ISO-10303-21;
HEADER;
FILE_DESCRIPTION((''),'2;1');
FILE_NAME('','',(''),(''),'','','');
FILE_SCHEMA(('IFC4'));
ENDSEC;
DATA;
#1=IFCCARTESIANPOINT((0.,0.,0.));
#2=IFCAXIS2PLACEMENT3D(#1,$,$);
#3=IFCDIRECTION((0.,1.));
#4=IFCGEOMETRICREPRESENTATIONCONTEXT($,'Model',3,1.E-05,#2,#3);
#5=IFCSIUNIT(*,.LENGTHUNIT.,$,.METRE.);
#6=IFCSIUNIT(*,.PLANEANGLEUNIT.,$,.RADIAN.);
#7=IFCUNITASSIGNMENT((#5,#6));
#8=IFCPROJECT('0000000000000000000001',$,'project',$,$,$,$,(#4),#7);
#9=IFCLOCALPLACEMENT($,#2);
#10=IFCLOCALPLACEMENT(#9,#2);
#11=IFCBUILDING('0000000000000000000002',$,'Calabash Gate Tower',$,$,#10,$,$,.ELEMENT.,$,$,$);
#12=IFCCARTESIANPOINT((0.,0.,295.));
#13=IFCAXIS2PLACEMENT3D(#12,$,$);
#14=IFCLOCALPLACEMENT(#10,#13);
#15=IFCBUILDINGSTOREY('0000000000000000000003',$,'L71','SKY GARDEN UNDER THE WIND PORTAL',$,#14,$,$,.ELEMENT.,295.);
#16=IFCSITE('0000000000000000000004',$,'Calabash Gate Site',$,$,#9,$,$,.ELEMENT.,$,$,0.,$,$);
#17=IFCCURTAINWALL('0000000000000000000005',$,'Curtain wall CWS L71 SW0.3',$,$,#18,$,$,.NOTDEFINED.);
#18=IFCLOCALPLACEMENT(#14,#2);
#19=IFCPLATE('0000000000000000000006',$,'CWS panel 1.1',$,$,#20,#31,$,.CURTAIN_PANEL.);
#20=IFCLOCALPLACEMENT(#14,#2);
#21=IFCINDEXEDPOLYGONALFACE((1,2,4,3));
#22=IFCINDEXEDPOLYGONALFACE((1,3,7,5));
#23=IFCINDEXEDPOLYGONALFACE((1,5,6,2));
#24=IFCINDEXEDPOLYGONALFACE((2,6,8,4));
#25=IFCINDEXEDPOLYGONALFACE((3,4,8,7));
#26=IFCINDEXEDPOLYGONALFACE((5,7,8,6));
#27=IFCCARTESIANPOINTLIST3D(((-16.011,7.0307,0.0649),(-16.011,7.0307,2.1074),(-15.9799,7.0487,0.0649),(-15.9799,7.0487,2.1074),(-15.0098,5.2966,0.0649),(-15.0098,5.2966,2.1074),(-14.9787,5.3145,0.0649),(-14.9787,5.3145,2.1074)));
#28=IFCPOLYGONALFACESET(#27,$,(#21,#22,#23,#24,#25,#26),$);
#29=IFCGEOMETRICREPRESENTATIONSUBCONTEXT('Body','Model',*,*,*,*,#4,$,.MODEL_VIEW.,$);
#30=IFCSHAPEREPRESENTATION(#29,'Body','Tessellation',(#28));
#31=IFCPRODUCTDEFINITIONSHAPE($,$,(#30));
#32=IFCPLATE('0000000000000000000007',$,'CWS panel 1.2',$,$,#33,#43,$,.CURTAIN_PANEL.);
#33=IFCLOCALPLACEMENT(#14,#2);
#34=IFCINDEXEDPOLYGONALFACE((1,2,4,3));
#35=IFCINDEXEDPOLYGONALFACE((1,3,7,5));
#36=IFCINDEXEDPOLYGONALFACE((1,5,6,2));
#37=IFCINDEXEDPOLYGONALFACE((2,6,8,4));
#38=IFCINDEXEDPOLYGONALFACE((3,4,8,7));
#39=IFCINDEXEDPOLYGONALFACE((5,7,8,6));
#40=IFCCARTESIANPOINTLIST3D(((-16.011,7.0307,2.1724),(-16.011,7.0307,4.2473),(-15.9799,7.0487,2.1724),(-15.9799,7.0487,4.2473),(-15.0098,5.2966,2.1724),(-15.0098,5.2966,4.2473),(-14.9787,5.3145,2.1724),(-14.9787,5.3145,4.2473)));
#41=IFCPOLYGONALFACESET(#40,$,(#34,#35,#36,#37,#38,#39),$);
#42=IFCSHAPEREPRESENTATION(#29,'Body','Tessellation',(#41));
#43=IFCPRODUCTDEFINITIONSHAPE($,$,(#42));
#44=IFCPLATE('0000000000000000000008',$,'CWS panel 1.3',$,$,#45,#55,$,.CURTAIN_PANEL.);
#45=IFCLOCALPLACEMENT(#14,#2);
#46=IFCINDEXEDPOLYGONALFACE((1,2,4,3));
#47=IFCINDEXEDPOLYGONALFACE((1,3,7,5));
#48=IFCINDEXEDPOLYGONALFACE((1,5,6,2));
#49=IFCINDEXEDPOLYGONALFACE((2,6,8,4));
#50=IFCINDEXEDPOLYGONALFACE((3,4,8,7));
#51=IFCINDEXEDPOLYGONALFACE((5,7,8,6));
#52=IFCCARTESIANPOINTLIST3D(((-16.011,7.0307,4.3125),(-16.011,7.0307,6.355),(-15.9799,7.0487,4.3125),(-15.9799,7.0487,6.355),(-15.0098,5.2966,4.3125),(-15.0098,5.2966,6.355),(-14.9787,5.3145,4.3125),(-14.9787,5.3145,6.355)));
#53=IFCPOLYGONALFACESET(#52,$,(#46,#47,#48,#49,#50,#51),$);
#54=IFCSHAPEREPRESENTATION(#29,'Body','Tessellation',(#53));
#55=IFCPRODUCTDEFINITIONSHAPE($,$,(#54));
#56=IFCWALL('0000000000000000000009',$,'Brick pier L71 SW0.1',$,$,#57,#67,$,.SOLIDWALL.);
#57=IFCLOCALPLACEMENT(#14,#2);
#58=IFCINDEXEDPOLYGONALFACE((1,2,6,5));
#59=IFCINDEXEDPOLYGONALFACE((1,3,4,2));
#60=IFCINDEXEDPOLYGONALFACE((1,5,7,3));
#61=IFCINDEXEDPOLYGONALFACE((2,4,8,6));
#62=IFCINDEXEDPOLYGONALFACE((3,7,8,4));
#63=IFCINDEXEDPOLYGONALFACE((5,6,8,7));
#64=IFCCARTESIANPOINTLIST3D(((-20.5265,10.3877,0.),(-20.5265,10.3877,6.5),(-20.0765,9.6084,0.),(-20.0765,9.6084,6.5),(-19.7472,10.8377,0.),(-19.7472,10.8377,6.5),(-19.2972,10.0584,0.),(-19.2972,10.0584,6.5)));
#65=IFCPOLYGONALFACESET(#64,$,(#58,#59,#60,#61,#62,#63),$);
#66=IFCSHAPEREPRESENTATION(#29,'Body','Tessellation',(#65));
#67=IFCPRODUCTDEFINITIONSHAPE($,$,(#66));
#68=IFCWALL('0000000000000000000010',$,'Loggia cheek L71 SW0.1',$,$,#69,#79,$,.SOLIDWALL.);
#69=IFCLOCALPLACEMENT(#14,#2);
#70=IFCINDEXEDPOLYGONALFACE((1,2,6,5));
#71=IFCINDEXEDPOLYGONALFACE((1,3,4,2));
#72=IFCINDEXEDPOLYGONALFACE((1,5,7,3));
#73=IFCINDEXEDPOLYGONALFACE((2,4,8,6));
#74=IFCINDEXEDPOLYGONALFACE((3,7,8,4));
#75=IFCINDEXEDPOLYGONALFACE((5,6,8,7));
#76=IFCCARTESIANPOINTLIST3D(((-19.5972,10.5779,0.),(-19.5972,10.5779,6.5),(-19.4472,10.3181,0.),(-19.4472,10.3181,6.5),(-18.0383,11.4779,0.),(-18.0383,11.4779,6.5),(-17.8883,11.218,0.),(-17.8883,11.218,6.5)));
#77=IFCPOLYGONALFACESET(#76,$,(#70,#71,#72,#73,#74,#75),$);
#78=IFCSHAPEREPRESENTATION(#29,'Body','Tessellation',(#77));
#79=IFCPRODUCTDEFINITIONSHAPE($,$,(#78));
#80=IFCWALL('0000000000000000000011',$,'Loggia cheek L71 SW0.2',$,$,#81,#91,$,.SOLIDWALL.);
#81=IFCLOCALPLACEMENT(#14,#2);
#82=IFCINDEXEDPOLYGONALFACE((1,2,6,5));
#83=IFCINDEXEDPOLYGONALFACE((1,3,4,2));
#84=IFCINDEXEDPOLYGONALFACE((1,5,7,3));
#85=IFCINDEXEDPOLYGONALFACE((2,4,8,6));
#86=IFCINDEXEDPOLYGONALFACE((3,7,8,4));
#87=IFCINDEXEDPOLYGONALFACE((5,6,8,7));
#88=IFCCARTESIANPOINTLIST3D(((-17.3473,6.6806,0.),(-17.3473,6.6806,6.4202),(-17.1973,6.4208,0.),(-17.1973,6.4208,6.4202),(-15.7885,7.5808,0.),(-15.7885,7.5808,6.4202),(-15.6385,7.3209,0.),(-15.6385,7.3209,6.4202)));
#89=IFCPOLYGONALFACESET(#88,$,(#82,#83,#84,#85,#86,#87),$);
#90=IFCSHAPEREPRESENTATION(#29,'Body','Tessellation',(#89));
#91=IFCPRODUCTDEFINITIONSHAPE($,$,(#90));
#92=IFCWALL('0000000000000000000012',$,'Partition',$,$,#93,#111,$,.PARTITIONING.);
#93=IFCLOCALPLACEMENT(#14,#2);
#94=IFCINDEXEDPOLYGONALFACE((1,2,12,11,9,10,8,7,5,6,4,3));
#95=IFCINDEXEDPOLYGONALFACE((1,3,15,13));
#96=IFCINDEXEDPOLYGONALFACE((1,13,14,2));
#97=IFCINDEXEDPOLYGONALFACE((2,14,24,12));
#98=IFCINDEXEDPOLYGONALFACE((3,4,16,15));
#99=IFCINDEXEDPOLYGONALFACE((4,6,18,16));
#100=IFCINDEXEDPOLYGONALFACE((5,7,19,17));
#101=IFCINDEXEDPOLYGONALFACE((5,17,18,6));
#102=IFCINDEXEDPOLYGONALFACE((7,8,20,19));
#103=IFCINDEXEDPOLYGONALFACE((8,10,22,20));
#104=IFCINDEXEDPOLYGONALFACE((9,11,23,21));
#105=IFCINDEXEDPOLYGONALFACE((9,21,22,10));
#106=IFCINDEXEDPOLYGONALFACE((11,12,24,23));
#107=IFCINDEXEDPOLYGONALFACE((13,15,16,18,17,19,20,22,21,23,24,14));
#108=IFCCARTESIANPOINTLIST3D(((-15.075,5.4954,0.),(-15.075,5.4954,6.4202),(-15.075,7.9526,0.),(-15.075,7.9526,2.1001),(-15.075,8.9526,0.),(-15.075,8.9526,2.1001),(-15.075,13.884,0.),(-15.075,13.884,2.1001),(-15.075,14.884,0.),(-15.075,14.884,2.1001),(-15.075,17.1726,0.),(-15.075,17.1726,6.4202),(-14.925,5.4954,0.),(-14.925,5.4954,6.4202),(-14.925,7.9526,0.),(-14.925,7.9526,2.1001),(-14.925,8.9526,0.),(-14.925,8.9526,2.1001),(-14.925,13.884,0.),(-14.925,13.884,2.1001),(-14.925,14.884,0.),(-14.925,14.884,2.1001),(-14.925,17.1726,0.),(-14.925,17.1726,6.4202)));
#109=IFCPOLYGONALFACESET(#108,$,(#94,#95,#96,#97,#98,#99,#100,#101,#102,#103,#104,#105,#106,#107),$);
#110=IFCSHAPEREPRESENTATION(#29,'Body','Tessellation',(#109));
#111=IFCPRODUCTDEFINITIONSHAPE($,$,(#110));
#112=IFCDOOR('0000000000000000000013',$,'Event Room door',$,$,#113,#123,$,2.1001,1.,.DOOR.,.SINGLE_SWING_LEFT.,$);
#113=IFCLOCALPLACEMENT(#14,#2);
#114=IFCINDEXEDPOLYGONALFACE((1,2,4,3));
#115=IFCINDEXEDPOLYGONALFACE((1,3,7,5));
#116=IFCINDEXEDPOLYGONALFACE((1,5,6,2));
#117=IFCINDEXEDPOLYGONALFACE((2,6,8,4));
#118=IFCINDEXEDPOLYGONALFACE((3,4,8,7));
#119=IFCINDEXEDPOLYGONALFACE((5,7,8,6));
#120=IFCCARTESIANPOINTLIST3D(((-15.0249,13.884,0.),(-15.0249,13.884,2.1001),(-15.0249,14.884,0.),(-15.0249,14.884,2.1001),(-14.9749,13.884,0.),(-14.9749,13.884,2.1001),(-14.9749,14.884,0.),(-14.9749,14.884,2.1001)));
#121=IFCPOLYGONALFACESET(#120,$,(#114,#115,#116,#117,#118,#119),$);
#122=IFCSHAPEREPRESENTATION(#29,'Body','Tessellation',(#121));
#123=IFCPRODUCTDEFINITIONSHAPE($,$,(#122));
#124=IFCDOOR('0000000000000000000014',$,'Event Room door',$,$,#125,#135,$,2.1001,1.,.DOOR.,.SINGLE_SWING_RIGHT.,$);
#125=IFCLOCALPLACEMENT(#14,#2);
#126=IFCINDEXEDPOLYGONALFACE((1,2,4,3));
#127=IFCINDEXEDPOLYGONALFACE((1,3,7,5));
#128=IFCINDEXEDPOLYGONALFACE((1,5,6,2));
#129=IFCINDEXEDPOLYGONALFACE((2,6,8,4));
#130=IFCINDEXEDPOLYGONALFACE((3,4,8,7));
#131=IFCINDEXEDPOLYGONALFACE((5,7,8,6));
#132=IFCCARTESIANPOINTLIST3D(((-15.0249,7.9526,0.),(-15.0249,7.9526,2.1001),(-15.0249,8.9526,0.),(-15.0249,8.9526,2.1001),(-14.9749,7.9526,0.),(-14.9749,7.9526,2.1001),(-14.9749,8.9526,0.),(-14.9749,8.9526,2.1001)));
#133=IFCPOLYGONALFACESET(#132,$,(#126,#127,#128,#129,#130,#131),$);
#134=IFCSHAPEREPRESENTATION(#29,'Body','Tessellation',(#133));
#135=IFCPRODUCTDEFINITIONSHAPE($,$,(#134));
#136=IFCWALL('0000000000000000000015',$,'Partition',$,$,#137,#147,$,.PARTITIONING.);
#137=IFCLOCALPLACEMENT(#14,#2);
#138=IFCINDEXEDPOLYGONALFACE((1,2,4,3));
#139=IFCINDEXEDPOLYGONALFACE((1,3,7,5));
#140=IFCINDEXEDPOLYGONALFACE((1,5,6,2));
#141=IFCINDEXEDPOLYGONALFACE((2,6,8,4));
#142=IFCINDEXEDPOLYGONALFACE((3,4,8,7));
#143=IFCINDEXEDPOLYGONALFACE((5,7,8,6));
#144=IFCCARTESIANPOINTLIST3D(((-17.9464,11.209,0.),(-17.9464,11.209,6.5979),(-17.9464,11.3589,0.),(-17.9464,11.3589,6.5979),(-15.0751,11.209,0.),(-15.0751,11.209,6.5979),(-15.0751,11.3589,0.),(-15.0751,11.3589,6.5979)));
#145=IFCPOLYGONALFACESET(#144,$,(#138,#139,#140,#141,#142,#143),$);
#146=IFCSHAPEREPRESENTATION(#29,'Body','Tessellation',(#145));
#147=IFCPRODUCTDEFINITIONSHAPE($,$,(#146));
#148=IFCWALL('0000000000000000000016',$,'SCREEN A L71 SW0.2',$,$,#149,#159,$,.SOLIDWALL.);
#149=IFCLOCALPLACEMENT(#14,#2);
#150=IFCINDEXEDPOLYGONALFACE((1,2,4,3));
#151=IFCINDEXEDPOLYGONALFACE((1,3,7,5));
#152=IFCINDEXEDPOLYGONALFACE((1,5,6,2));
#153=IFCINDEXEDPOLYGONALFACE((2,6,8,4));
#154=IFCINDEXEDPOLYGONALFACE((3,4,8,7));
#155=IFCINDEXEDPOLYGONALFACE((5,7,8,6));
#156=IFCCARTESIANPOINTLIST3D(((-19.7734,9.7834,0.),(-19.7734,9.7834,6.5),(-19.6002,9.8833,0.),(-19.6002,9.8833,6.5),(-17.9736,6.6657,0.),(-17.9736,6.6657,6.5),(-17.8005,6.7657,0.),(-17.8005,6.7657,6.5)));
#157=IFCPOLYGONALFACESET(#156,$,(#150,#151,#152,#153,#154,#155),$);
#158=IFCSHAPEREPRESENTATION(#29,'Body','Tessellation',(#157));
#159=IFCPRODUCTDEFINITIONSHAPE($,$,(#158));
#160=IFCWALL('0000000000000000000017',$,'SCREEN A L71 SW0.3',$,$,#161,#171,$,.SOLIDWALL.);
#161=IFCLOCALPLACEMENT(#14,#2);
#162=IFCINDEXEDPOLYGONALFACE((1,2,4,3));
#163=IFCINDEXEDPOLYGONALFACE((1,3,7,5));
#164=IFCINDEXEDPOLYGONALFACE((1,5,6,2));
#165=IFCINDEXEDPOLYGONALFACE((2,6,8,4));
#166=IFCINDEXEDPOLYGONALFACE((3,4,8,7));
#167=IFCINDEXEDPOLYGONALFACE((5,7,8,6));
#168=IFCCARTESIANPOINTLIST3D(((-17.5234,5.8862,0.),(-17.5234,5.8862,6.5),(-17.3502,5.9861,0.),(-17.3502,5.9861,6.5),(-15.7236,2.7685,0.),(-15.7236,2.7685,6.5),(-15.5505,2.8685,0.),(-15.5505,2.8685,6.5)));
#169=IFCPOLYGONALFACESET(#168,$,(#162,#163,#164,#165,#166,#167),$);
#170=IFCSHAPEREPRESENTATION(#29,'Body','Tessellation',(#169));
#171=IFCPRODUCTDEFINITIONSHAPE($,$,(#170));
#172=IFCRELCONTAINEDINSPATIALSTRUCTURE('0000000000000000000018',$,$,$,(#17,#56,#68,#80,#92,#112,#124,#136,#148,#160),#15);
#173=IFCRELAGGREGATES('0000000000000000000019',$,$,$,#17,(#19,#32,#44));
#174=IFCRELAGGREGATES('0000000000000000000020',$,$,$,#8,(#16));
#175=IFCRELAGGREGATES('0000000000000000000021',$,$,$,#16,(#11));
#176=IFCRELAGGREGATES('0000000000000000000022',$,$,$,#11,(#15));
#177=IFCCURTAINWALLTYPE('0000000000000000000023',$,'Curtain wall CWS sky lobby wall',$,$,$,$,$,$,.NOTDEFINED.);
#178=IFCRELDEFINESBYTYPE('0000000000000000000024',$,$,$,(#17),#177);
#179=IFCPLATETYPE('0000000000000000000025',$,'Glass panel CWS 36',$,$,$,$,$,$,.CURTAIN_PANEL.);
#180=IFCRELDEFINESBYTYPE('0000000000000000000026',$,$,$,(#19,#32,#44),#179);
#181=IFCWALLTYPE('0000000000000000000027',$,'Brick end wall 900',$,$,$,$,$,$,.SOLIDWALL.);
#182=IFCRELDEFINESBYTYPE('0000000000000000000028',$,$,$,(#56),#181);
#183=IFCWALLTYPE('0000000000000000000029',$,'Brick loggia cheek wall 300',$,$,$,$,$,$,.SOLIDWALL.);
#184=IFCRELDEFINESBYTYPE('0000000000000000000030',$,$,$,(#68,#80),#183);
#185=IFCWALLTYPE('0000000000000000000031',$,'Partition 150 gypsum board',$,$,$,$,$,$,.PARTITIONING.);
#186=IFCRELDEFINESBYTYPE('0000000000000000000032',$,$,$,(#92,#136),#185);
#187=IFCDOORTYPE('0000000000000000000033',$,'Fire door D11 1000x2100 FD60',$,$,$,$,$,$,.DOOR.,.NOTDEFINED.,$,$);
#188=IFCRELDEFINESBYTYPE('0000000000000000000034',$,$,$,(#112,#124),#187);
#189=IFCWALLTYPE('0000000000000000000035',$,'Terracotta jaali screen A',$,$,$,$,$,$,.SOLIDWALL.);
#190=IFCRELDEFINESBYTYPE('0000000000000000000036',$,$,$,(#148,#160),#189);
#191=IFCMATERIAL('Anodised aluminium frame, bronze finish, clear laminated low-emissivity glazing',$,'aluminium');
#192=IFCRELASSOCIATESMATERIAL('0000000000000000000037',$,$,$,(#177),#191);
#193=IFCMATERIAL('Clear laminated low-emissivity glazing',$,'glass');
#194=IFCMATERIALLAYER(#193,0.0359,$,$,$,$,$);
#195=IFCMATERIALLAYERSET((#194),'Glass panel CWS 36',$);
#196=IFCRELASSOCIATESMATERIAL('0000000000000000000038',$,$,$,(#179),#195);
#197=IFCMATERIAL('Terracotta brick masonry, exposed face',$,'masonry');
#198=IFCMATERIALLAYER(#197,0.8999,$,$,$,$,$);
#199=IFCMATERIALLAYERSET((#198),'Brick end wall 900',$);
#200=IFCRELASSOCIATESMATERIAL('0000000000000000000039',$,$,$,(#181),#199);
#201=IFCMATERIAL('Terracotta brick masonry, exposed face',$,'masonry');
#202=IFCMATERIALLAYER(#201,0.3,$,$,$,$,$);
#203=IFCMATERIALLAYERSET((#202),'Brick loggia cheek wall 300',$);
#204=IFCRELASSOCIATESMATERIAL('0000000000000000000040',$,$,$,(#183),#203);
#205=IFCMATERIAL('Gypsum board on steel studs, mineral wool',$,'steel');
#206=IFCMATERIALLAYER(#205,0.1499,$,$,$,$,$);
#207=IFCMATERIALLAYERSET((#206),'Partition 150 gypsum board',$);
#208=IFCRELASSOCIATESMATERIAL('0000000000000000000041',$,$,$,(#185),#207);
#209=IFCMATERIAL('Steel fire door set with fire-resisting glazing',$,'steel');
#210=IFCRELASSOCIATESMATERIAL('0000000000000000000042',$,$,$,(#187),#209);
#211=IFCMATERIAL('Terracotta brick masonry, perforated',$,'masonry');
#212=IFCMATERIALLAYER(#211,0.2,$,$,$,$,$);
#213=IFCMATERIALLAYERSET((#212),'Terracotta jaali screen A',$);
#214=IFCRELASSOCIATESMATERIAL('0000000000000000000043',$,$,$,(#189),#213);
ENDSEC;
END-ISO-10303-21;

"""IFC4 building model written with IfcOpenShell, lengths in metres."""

from ifc_helpers import new_model, si_unit, direction, frame, frame_2d, origin, origin_2d, place, context, subcontext, project, spatial, rectangle, extrude, material, layer, layer_set, type_object, element, fill, aggregate, save


model = new_model("IFC4")

# Units and contexts
model_context = context("Model", 3, precision=1e-05, world=origin(), true_north=direction((0.0, 1.0)))
body_context = subcontext(model_context, "Body", "Model", "MODEL_VIEW")
ifc_project = project(units=[si_unit("LENGTHUNIT", "METRE"), si_unit("PLANEANGLEUNIT", "RADIAN")], contexts=[model_context])

# Site, building, storey
site_placement = place(None, origin())
site = spatial("IfcSite", under=ifc_project, at=site_placement, Name="Calabash Gate Site", CompositionType="ELEMENT", RefElevation=0.0)
building_placement = place(site_placement, origin())
building = spatial("IfcBuilding", under=site, at=building_placement, Name="Calabash Gate Tower", CompositionType="ELEMENT")
storey_placement = place(building_placement, frame((0.0, 0.0, 295.0)))
storey = spatial("IfcBuildingStorey", under=building, at=storey_placement, Name="L71", Description="SKY GARDEN UNDER THE WIND PORTAL", CompositionType="ELEMENT", Elevation=295.0)

# Shared definitions
ifc_material_1 = material(Name="Anodised aluminium frame, bronze finish, clear laminated low-emissivity glazing", Category="aluminium")
curtain_wall_type = type_object("IfcCurtainWallType", Name="Curtain wall CWS sky lobby wall", PredefinedType="NOTDEFINED", material=ifc_material_1)

# Curtain wall
curtain_wall_1_placement = place(storey_placement, origin())
curtain_wall_1 = element("IfcCurtainWall", 1, at=curtain_wall_1_placement, inside=storey, type_object=curtain_wall_type, Name="Curtain wall CWS L71 SW0.3", PredefinedType="NOTDEFINED")

# Plates
ifc_material_2 = material(Name="Clear laminated low-emissivity glazing", Category="glass")
ifc_layer_1 = layer(ifc_material_2, 0.0359)
ifc_layer_set_1 = layer_set([ifc_layer_1], Name="Glass panel CWS 36")
plate_type = type_object("IfcPlateType", Name="Glass panel CWS 36", PredefinedType="CURTAIN_PANEL", material=ifc_layer_set_1)
plate_1_placement = place(storey_placement, frame((-15.4949, 6.1726, 0.0649), z_axis=(0.0, 0.0, 1.0), x_axis=(0.5, -0.866025, 0.0)))
plate_1 = element("IfcPlate", 2, at=plate_1_placement, type_object=plate_type, Name="CWS panel 1.1", PredefinedType="CURTAIN_PANEL", context=body_context, shape_type="SweptSolid", body=[
    extrude(rectangle(XDim=2.0024, YDim=0.0359, at=origin_2d()), origin(), (0.0, 0.0, 1.0), 2.0425),
])
plate_2_placement = place(storey_placement, frame((-15.4949, 6.1726, 2.1724), z_axis=(0.0, 0.0, 1.0), x_axis=(0.5, -0.866025, 0.0)))
plate_2 = element("IfcPlate", 3, at=plate_2_placement, type_object=plate_type, Name="CWS panel 1.2", PredefinedType="CURTAIN_PANEL", context=body_context, shape_type="SweptSolid", body=[
    extrude(rectangle(XDim=2.0024, YDim=0.0359, at=origin_2d()), origin(), (0.0, 0.0, 1.0), 2.075),
])
plate_3_placement = place(storey_placement, frame((-15.4949, 6.1726, 4.3125), z_axis=(0.0, 0.0, 1.0), x_axis=(0.5, -0.866025, 0.0)))
plate_3 = element("IfcPlate", 4, at=plate_3_placement, type_object=plate_type, Name="CWS panel 1.3", PredefinedType="CURTAIN_PANEL", context=body_context, shape_type="SweptSolid", body=[
    extrude(rectangle(XDim=2.0024, YDim=0.0359, at=origin_2d()), origin(), (0.0, 0.0, 1.0), 2.0425),
])
aggregate(curtain_wall_1, [plate_1, plate_2, plate_3])

# Walls
ifc_material_3 = material(Name="Terracotta brick masonry, exposed face", Category="masonry")
ifc_layer_2 = layer(ifc_material_3, 0.8999)
ifc_layer_set_2 = layer_set([ifc_layer_2], Name="Brick end wall 900")
wall_type_1 = type_object("IfcWallType", Name="Brick end wall 900", PredefinedType="SOLIDWALL", material=ifc_layer_set_2)
wall_1_placement = place(storey_placement, frame((-20.3015, 9.998, 0.0), z_axis=(0.0, 0.0, 1.0), x_axis=(0.866014, 0.50002, 0.0)))
element("IfcWall", 5, at=wall_1_placement, inside=storey, type_object=wall_type_1, Name="Brick pier L71 SW0.1", PredefinedType="SOLIDWALL", context=body_context, shape_type="SweptSolid", body=[
    extrude(rectangle(XDim=0.8999, YDim=0.8999, at=frame_2d((0.45, 0.0))), origin(), (0.0, 0.0, 1.0), 6.5),
])
ifc_material_4 = material(Name="Terracotta brick masonry, exposed face", Category="masonry")
ifc_layer_3 = layer(ifc_material_4, 0.3)
ifc_layer_set_3 = layer_set([ifc_layer_3], Name="Brick loggia cheek wall 300")
wall_type_2 = type_object("IfcWallType", Name="Brick loggia cheek wall 300", PredefinedType="SOLIDWALL", material=ifc_layer_set_3)
wall_2_placement = place(storey_placement, frame((-17.9634, 11.3479, 0.0), z_axis=(0.0, 0.0, 1.0), x_axis=(-0.866048, -0.499961, 0.0)))
element("IfcWall", 6, at=wall_2_placement, inside=storey, type_object=wall_type_2, Name="Loggia cheek L71 SW0.1", PredefinedType="SOLIDWALL", context=body_context, shape_type="SweptSolid", body=[
    extrude(rectangle(XDim=1.8, YDim=0.3, at=frame_2d((0.8999, 0.0))), origin(), (0.0, 0.0, 1.0), 6.5),
])
wall_3_placement = place(storey_placement, frame((-17.2722, 6.5508, 0.0), z_axis=(0.0, 0.0, 1.0), x_axis=(0.865989, 0.500063, 0.0)))
element("IfcWall", 7, at=wall_3_placement, inside=storey, type_object=wall_type_2, Name="Loggia cheek L71 SW0.2", PredefinedType="SOLIDWALL", context=body_context, shape_type="SweptSolid", body=[
    extrude(rectangle(XDim=1.8, YDim=0.3, at=frame_2d((0.8999, 0.0))), origin(), (0.0, 0.0, 1.0), 6.4202),
])

# Wall, openings, doors
ifc_material_5 = material(Name="Gypsum board on steel studs, mineral wool", Category="steel")
ifc_layer_4 = layer(ifc_material_5, 0.1499)
ifc_layer_set_4 = layer_set([ifc_layer_4], Name="Partition 150 gypsum board")
wall_type_3 = type_object("IfcWallType", Name="Partition 150 gypsum board", PredefinedType="PARTITIONING", material=ifc_layer_set_4)
wall_4_placement = place(storey_placement, frame((-15.0, 5.4954, 0.0), z_axis=(0.0, 0.0, 1.0), x_axis=(0.0, 1.0, 0.0)))
wall_4 = element("IfcWall", 8, at=wall_4_placement, inside=storey, type_object=wall_type_3, Name="Partition", PredefinedType="PARTITIONING", context=body_context, shape_type="SweptSolid", body=[
    extrude(rectangle(XDim=11.6772, YDim=0.1499, at=frame_2d((5.8386, 0.0))), origin(), (0.0, 0.0, 1.0), 6.4202),
])
opening_1_placement = place(wall_4_placement, frame((8.3887, 0.0, 0.0)))
opening_1 = element("IfcOpeningElement", 9, at=opening_1_placement, cuts=wall_4, PredefinedType="OPENING", context=body_context, shape_type="SweptSolid", body=[
    extrude(rectangle(XDim=1.0, YDim=2.1001, at=frame_2d((0.5, 1.05))), frame((0.0, 0.085, 0.0), z_axis=(0.0, -1.0, 0.0), x_axis=(1.0, 0.0, 0.0)), (0.0, 0.0, 1.0), 0.1699),
])
opening_2_placement = place(wall_4_placement, frame((2.4573, 0.0, 0.0)))
opening_2 = element("IfcOpeningElement", 10, at=opening_2_placement, cuts=wall_4, PredefinedType="OPENING", context=body_context, shape_type="SweptSolid", body=[
    extrude(rectangle(XDim=1.0, YDim=2.1001, at=frame_2d((0.5, 1.05))), frame((0.0, 0.085, 0.0), z_axis=(0.0, -1.0, 0.0), x_axis=(1.0, 0.0, 0.0)), (0.0, 0.0, 1.0), 0.1699),
])
ifc_material_6 = material(Name="Steel fire door set with fire-resisting glazing", Category="steel")
door_type_1 = type_object("IfcDoorType", Name="Fire door D11 1000x2100 FD60", OperationType="NOTDEFINED", PredefinedType="DOOR", material=ifc_material_6)
door_1_placement = place(opening_1_placement, origin())
door_1 = element("IfcDoor", 11, at=door_1_placement, inside=storey, type_object=door_type_1, Name="Event Room door", OperationType="SINGLE_SWING_LEFT", OverallHeight=2.1001, OverallWidth=1.0, PredefinedType="DOOR", context=body_context, shape_type="SweptSolid", body=[
    extrude(rectangle(XDim=1.0, YDim=2.1001, at=frame_2d((0.5, 1.05))), frame((0.0, 0.0249, 0.0), z_axis=(0.0, -1.0, 0.0), x_axis=(1.0, 0.0, 0.0)), (0.0, 0.0, 1.0), 0.05),
])
fill(opening_1, door_1)
door_2_placement = place(opening_2_placement, origin())
door_2 = element("IfcDoor", 12, at=door_2_placement, inside=storey, type_object=door_type_1, Name="Event Room door", OperationType="SINGLE_SWING_RIGHT", OverallHeight=2.1001, OverallWidth=1.0, PredefinedType="DOOR", context=body_context, shape_type="SweptSolid", body=[
    extrude(rectangle(XDim=1.0, YDim=2.1001, at=frame_2d((0.5, 1.05))), frame((0.0, 0.0249, 0.0), z_axis=(0.0, -1.0, 0.0), x_axis=(1.0, 0.0, 0.0)), (0.0, 0.0, 1.0), 0.05),
])
fill(opening_2, door_2)

# Walls
wall_5_placement = place(storey_placement, frame((-17.9463, 11.2839, 0.0), z_axis=(0.0, 0.0, 1.0), x_axis=(1.0, 0.0, 0.0)))
element("IfcWall", 13, at=wall_5_placement, inside=storey, type_object=wall_type_3, Name="Partition", PredefinedType="PARTITIONING", context=body_context, shape_type="SweptSolid", body=[
    extrude(rectangle(XDim=2.8713, YDim=0.1499, at=frame_2d((1.4355, 0.0))), origin(), (0.0, 0.0, 1.0), 6.5979),
])
ifc_material_7 = material(Name="Terracotta brick masonry, perforated", Category="masonry")
ifc_layer_5 = layer(ifc_material_7, 0.2)
ifc_layer_set_5 = layer_set([ifc_layer_5], Name="Terracotta jaali screen A")
wall_type_4 = type_object("IfcWallType", Name="Terracotta jaali screen A", PredefinedType="SOLIDWALL", material=ifc_layer_set_5)
for number, where, z_axis, x_axis, name in (
    (14, (-19.6868, 9.8333, 0.0), (0.0, 0.0, 1.0), (0.499961, -0.866048, 0.0), "SCREEN A L71 SW0.2"),
    (15, (-17.4368, 5.936, 0.0), (0.0, 0.0, 1.0), (0.499961, -0.866048, 0.0), "SCREEN A L71 SW0.3"),
):
    element("IfcWall", number, at=place(storey_placement, frame(where, z_axis=z_axis, x_axis=x_axis)), inside=storey, type_object=wall_type_4, Name=name, PredefinedType="SOLIDWALL", context=body_context, shape_type="SweptSolid", body=[
        extrude(rectangle(XDim=3.5999, YDim=0.2, at=frame_2d((1.7998, 0.0))), origin(), (0.0, 0.0, 1.0), 6.5),
    ])

save(model, "model.ifc")
